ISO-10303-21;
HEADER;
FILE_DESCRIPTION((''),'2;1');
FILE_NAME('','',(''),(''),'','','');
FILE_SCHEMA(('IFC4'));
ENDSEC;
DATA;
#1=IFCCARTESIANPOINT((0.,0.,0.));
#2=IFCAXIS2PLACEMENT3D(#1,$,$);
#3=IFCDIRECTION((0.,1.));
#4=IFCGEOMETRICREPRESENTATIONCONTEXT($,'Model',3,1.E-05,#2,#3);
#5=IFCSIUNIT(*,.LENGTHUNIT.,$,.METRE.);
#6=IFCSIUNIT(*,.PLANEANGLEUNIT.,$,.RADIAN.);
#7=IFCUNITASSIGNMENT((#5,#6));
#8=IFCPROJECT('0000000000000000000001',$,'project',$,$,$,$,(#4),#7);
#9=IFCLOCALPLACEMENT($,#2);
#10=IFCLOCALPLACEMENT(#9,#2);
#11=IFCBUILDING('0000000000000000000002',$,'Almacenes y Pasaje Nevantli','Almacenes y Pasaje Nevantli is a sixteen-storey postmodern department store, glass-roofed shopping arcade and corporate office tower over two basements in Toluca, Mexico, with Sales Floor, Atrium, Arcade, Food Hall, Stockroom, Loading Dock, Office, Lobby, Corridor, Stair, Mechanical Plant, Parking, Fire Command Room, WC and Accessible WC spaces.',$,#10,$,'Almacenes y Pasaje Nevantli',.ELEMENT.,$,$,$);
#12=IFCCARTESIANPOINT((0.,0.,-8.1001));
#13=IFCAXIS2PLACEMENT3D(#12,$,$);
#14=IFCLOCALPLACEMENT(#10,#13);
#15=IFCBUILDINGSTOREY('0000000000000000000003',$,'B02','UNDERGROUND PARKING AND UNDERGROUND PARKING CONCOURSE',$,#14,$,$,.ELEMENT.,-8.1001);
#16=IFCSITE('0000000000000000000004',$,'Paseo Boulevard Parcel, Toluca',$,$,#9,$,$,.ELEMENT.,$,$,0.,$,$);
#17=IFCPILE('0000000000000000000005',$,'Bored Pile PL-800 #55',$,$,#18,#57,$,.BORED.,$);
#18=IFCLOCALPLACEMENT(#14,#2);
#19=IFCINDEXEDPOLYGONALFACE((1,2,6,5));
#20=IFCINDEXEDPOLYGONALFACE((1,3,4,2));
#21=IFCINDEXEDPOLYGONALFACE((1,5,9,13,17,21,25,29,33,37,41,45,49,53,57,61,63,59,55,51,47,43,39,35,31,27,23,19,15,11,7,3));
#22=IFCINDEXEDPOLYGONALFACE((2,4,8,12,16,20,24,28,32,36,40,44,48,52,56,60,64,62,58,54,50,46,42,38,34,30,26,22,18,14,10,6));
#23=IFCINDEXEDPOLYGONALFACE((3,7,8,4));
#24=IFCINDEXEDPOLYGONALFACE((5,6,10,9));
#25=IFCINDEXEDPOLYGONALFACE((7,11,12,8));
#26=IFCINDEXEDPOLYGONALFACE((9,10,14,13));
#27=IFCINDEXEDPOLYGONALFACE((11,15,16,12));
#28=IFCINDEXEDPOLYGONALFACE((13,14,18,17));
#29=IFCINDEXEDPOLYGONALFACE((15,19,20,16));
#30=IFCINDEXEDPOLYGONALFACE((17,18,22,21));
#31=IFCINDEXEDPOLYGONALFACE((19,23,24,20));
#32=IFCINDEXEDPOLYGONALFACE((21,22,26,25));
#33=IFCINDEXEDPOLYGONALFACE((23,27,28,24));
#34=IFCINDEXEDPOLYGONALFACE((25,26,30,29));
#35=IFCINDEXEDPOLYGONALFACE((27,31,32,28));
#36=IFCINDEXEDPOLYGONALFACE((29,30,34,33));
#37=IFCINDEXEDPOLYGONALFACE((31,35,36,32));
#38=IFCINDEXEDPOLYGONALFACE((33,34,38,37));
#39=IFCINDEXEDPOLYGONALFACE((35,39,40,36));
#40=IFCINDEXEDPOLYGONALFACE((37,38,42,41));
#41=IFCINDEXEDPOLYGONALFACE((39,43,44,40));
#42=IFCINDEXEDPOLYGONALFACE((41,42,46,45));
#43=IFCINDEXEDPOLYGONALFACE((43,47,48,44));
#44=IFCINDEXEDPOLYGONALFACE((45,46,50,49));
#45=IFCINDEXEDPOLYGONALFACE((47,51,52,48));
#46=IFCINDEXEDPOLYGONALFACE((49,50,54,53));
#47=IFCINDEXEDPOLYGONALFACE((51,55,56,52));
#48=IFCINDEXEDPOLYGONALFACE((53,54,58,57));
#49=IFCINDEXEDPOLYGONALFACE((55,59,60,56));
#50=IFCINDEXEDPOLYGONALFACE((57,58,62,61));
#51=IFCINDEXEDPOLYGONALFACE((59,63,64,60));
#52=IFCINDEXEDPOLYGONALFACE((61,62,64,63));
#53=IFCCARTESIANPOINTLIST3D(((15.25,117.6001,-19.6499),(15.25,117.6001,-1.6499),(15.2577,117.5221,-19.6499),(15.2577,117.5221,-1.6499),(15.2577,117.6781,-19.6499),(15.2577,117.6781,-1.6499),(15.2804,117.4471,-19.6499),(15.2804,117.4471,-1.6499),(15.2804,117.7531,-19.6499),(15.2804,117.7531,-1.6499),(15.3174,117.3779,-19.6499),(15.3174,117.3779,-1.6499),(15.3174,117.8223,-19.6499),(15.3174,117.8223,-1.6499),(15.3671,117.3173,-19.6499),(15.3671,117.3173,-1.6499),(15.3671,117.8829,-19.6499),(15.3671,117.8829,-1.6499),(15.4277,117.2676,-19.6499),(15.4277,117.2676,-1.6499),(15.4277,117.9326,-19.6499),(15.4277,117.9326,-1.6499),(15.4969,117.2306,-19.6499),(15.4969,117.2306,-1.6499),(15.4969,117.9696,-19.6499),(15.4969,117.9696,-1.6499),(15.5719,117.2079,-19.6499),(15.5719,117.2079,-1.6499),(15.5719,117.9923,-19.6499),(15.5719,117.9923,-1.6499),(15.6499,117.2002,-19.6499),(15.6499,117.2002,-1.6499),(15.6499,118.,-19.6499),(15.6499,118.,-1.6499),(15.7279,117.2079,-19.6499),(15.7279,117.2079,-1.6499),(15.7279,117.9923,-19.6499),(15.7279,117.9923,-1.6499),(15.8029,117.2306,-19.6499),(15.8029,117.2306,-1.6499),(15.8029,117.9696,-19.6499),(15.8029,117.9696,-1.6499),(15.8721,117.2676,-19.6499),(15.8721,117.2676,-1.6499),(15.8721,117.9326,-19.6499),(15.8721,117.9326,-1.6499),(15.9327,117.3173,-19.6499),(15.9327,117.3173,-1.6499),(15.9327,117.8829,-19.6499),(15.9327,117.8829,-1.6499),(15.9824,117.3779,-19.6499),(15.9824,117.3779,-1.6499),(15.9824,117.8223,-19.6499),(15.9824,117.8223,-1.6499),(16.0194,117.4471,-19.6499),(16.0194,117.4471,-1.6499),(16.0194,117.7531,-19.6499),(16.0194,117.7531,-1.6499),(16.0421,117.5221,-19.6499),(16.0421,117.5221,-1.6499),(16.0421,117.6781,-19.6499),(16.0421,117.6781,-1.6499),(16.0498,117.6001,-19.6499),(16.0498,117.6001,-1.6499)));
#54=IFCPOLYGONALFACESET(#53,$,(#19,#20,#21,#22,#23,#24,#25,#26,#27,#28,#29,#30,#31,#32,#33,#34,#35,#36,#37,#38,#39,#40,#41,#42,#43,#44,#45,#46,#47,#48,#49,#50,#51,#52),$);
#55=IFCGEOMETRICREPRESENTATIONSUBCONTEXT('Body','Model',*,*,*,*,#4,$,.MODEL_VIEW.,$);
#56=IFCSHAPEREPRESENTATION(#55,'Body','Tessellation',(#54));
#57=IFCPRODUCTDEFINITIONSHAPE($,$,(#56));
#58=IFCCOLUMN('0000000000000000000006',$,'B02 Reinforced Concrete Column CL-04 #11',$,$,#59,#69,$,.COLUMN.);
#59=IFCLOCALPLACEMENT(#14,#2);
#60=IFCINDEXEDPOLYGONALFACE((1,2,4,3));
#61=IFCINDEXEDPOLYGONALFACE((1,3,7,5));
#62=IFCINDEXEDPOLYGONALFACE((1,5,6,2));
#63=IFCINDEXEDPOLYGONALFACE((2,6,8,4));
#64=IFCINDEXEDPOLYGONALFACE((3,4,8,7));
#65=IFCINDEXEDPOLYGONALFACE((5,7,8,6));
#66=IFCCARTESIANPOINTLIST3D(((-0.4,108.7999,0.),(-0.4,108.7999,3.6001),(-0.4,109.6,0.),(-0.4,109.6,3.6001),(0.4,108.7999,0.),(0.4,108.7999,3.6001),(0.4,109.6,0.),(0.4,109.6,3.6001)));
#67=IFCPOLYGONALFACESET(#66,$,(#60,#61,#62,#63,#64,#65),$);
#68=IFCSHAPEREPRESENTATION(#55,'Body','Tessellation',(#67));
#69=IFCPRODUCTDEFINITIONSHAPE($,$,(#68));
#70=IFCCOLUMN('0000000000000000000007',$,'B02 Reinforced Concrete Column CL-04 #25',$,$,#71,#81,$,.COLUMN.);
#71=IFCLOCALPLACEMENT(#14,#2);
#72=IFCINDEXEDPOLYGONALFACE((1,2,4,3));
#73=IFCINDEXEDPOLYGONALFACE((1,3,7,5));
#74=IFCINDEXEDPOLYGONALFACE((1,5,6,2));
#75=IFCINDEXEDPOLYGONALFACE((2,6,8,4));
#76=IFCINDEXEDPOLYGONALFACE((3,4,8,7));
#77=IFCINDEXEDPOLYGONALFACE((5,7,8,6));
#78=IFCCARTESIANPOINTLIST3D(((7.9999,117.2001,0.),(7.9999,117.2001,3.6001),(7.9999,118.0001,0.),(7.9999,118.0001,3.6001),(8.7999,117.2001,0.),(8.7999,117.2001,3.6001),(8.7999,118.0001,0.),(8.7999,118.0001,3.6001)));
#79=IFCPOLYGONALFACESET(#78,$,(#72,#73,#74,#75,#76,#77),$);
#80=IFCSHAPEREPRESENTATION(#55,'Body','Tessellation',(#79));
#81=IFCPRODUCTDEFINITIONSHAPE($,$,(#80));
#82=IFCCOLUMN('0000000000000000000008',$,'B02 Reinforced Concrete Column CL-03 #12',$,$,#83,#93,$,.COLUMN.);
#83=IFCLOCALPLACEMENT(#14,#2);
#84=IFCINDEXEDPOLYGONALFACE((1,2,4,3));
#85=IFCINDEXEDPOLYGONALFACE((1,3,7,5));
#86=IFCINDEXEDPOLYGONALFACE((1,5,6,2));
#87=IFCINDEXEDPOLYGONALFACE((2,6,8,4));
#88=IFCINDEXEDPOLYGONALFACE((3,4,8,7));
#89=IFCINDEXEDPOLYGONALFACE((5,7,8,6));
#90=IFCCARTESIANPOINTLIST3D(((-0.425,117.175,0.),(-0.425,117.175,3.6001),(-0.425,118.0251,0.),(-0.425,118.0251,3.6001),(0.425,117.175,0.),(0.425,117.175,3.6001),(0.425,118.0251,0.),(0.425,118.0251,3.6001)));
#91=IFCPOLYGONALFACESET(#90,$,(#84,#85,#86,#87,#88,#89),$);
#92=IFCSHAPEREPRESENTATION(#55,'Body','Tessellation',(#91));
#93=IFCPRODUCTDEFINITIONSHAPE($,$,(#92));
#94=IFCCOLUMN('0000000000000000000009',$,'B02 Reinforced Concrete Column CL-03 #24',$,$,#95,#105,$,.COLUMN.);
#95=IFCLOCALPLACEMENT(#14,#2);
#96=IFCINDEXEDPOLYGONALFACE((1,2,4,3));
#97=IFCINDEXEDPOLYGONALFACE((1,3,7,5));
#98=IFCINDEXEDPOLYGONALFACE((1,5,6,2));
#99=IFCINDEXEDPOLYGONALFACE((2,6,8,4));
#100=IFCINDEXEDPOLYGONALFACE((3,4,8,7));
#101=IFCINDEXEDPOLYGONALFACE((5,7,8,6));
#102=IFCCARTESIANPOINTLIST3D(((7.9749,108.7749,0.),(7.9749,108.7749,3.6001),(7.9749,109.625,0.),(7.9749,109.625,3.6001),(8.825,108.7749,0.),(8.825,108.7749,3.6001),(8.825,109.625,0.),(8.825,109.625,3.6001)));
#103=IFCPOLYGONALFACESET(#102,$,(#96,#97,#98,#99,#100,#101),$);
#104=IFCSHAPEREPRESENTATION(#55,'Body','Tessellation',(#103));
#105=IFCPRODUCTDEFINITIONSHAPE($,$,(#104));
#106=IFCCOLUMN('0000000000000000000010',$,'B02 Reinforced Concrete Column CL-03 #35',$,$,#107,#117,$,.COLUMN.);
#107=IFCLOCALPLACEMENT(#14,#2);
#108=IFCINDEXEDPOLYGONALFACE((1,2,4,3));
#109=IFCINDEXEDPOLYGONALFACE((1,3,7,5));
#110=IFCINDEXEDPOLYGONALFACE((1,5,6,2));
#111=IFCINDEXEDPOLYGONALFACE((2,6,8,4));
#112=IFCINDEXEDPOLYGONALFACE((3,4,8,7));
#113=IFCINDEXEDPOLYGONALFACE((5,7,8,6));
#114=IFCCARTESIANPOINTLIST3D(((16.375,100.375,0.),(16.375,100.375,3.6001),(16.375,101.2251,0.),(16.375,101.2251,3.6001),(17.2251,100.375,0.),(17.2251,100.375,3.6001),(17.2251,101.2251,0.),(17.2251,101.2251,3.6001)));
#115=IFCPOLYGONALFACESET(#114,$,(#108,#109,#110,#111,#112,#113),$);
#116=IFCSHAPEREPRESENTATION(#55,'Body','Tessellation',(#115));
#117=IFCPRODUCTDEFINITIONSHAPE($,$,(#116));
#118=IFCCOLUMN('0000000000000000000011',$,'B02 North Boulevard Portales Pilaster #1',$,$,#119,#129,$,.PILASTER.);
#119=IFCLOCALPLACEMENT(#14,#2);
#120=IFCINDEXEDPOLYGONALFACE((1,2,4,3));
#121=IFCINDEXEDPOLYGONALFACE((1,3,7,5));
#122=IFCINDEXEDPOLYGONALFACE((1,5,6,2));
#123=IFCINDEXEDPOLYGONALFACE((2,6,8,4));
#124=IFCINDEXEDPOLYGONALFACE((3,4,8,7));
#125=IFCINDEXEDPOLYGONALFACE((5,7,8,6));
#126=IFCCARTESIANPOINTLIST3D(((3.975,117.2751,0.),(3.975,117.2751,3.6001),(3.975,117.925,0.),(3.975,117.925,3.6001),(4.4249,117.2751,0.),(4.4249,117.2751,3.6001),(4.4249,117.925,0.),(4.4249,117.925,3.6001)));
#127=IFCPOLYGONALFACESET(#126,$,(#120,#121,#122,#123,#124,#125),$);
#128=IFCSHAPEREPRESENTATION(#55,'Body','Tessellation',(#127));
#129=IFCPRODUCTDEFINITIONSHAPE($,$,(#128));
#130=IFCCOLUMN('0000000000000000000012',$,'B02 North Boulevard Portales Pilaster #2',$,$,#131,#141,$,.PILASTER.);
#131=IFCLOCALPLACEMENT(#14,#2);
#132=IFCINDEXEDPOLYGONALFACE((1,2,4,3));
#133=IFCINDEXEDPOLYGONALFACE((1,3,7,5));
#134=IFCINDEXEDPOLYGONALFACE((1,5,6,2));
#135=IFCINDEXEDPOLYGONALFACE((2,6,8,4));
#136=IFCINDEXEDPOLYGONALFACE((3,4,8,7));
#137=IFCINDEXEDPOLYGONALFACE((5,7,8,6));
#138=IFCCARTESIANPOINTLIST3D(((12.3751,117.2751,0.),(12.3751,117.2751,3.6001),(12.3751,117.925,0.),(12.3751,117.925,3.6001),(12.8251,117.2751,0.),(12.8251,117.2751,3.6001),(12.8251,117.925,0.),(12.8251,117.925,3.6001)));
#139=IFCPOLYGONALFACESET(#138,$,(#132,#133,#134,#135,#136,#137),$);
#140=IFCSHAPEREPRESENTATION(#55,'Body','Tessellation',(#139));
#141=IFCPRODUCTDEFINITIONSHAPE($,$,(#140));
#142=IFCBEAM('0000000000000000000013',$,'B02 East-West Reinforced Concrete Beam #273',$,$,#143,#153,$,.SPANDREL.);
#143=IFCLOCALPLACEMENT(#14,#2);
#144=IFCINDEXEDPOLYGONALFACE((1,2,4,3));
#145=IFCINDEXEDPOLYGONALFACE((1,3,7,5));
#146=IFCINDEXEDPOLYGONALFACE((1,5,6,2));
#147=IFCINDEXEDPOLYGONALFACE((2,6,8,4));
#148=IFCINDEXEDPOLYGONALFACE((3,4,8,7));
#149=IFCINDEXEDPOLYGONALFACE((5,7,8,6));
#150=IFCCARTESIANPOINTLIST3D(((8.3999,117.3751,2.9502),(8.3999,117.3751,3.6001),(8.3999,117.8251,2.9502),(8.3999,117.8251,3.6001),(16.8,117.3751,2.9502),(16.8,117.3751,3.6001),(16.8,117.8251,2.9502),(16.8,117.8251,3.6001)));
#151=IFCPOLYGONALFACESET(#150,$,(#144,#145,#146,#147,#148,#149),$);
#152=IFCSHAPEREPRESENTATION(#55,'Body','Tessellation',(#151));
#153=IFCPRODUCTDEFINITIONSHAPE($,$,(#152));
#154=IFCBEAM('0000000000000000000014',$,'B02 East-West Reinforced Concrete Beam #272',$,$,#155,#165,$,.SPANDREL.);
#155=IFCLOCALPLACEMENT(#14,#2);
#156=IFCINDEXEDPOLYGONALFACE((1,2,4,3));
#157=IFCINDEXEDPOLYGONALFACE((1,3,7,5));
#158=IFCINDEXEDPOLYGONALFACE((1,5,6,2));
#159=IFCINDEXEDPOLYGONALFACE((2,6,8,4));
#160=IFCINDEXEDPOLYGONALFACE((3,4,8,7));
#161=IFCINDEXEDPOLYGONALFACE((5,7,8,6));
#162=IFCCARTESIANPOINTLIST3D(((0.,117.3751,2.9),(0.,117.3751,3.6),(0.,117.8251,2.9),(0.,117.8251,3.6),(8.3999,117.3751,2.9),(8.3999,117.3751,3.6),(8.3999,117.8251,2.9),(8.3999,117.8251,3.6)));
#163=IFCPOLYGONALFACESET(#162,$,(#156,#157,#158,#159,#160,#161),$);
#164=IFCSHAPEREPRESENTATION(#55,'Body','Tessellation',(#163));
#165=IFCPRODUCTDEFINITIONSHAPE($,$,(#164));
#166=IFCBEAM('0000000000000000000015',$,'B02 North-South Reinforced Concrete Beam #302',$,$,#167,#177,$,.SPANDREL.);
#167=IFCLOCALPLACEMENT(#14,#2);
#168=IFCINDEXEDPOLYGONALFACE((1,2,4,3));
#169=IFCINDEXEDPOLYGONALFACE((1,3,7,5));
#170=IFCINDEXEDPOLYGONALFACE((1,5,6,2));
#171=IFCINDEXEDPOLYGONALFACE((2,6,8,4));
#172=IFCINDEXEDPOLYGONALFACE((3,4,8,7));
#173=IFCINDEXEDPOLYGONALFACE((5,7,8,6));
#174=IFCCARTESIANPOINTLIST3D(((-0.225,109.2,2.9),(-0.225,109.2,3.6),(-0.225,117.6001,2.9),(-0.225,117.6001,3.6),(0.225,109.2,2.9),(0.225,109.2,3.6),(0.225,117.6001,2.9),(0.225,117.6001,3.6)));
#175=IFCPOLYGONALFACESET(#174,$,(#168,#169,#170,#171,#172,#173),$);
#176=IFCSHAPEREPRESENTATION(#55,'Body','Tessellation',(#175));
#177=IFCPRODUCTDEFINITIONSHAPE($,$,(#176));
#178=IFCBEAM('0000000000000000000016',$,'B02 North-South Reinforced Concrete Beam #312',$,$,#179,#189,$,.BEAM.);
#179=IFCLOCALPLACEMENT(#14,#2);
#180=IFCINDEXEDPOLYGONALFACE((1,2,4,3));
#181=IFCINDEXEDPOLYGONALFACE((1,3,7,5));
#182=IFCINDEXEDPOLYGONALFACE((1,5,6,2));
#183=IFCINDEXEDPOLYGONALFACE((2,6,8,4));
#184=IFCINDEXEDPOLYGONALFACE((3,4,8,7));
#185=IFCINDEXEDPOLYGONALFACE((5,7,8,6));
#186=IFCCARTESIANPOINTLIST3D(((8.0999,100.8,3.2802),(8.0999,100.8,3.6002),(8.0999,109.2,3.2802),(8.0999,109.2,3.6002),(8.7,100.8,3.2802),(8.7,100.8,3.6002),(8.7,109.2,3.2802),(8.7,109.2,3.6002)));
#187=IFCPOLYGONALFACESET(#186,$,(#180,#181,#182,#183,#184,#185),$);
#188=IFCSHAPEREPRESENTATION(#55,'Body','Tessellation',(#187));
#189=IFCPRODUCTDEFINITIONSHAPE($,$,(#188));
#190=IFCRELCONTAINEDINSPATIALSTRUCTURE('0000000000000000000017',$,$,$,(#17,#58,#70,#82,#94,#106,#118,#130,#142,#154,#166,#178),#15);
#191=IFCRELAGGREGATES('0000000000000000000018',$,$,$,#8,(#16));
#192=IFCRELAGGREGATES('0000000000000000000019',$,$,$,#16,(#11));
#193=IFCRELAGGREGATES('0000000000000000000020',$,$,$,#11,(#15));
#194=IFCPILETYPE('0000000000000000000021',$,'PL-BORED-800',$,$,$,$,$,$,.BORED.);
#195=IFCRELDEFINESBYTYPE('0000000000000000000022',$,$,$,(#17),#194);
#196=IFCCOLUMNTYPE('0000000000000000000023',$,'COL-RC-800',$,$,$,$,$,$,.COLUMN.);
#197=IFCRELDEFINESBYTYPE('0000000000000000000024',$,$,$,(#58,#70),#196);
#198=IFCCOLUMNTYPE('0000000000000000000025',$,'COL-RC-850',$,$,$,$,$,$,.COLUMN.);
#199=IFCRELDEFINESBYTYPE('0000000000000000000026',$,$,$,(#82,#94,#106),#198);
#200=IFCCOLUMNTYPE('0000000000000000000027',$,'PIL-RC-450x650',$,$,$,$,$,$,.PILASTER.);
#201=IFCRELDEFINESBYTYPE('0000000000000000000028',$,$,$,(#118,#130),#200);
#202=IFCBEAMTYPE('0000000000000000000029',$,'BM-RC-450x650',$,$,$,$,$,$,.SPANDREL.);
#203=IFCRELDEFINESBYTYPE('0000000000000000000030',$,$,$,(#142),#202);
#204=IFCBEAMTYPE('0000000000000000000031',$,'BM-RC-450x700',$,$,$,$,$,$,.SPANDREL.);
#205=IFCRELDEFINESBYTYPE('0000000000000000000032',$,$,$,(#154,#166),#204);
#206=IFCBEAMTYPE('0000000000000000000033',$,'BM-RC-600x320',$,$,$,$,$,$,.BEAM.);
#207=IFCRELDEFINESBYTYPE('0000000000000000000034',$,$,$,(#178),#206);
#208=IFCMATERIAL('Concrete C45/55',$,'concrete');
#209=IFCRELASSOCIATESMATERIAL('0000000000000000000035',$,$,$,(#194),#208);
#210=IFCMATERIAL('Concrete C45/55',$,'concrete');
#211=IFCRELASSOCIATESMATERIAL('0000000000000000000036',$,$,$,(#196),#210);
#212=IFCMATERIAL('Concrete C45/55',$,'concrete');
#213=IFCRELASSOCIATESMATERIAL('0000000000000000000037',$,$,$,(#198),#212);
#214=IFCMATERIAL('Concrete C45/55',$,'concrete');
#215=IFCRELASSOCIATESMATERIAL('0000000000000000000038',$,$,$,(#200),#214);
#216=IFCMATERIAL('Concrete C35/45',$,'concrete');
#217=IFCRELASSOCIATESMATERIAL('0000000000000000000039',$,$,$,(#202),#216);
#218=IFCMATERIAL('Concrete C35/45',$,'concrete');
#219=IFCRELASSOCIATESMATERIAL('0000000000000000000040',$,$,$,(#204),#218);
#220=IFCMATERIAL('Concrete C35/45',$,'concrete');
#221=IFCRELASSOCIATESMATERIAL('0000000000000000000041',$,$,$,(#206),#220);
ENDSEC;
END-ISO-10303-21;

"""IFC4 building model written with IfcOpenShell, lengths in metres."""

from ifc_helpers import new_model, si_unit, direction, frame, origin, origin_2d, place, context, subcontext, project, spatial, rectangle, circle, extrude, material, material_profile, profile_set, type_object, element, save


model = new_model("IFC4")

# Units and contexts
model_context = context("Model", 3, precision=1e-05, world=origin(), true_north=direction((0.0, 1.0)))
body_context = subcontext(model_context, "Body", "Model", "MODEL_VIEW")
ifc_project = project(units=[si_unit("LENGTHUNIT", "METRE"), si_unit("PLANEANGLEUNIT", "RADIAN")], contexts=[model_context])

# Site, building, storey
site_placement = place(None, origin())
site = spatial("IfcSite", under=ifc_project, at=site_placement, Name="Paseo Boulevard Parcel, Toluca", CompositionType="ELEMENT", RefElevation=0.0)
building_placement = place(site_placement, origin())
building = spatial("IfcBuilding", under=site, at=building_placement, Name="Almacenes y Pasaje Nevantli", Description="Almacenes y Pasaje Nevantli is a sixteen-storey postmodern department store, glass-roofed shopping arcade and corporate office tower over two basements in Toluca, Mexico, with Sales Floor, Atrium, Arcade, Food Hall, Stockroom, Loading Dock, Office, Lobby, Corridor, Stair, Mechanical Plant, Parking, Fire Command Room, WC and Accessible WC spaces.", LongName="Almacenes y Pasaje Nevantli", CompositionType="ELEMENT")
storey_placement = place(building_placement, frame((0.0, 0.0, -8.1001)))
storey = spatial("IfcBuildingStorey", under=building, at=storey_placement, Name="B02", Description="UNDERGROUND PARKING AND UNDERGROUND PARKING CONCOURSE", CompositionType="ELEMENT", Elevation=-8.1001)

# Pile
ifc_material_1 = material(Name="Concrete C45/55", Category="concrete")
ifc_material_profile_1 = material_profile(ifc_material_1, circle(Radius=0.3999, at=origin_2d()), Name="RC-PILE-D800")
ifc_profile_set_1 = profile_set([ifc_material_profile_1], Name="Concrete C45/55")
pile_type_1 = type_object("IfcPileType", Name="PL-BORED-800", PredefinedType="BORED", material=ifc_profile_set_1)
for number, where, z_axis, x_axis, name in (
    (1, (15.6499, 117.6001, -1.6499), (0.0, 0.0, -1.0), (1.0, 0.0, 0.0), "Bored Pile PL-800 #55"),
):
    element("IfcPile", number, at=place(storey_placement, frame(where, z_axis=z_axis, x_axis=x_axis)), inside=storey, type_object=pile_type_1, Name=name, PredefinedType="BORED", context=body_context, shape_type="SweptSolid", body=[
        extrude(circle(Radius=0.3999, at=origin_2d()), origin(), (0.0, 0.0, 1.0), 18.0),
    ])

# Columns
ifc_material_2 = material(Name="Concrete C45/55", Category="concrete")
ifc_material_profile_2 = material_profile(ifc_material_2, rectangle(XDim=0.8, YDim=0.8, at=origin_2d()), Name="RC-COL-800x800")
ifc_profile_set_2 = profile_set([ifc_material_profile_2], Name="Concrete C45/55")
column_type_1 = type_object("IfcColumnType", Name="COL-RC-800", PredefinedType="COLUMN", material=ifc_profile_set_2)
for number, where, z_axis, x_axis, name in (
    (2, (0.0, 109.2, 0.0), (0.0, 0.0, 1.0), (1.0, 0.0, 0.0), "B02 Reinforced Concrete Column CL-04 #11"),
    (3, (8.3999, 117.6001, 0.0), (0.0, 0.0, 1.0), (1.0, 0.0, 0.0), "B02 Reinforced Concrete Column CL-04 #25"),
):
    element("IfcColumn", number, at=place(storey_placement, frame(where, z_axis=z_axis, x_axis=x_axis)), inside=storey, type_object=column_type_1, Name=name, PredefinedType="COLUMN", context=body_context, shape_type="SweptSolid", body=[
        extrude(rectangle(XDim=0.8, YDim=0.8, at=origin_2d()), origin(), (0.0, 0.0, 1.0), 3.6001),
    ])
ifc_material_3 = material(Name="Concrete C45/55", Category="concrete")
ifc_material_profile_3 = material_profile(ifc_material_3, rectangle(XDim=0.8501, YDim=0.8501, at=origin_2d()), Name="RC-COL-850x850")
ifc_profile_set_3 = profile_set([ifc_material_profile_3], Name="Concrete C45/55")
column_type_2 = type_object("IfcColumnType", Name="COL-RC-850", PredefinedType="COLUMN", material=ifc_profile_set_3)
for number, where, z_axis, x_axis, name in (
    (4, (0.0, 117.6001, 0.0), (0.0, 0.0, 1.0), (1.0, 0.0, 0.0), "B02 Reinforced Concrete Column CL-03 #12"),
    (5, (8.3999, 109.2, 0.0), (0.0, 0.0, 1.0), (1.0, 0.0, 0.0), "B02 Reinforced Concrete Column CL-03 #24"),
    (6, (16.8, 100.8, 0.0), (0.0, 0.0, 1.0), (1.0, 0.0, 0.0), "B02 Reinforced Concrete Column CL-03 #35"),
):
    element("IfcColumn", number, at=place(storey_placement, frame(where, z_axis=z_axis, x_axis=x_axis)), inside=storey, type_object=column_type_2, Name=name, PredefinedType="COLUMN", context=body_context, shape_type="SweptSolid", body=[
        extrude(rectangle(XDim=0.8501, YDim=0.8501, at=origin_2d()), origin(), (0.0, 0.0, 1.0), 3.6001),
    ])
ifc_material_4 = material(Name="Concrete C45/55", Category="concrete")
ifc_material_profile_4 = material_profile(ifc_material_4, rectangle(XDim=0.45, YDim=0.6499, at=origin_2d()), Name="RC-PIL-450x650")
ifc_profile_set_4 = profile_set([ifc_material_profile_4], Name="Concrete C45/55")
column_type_3 = type_object("IfcColumnType", Name="PIL-RC-450x650", PredefinedType="PILASTER", material=ifc_profile_set_4)
for number, where, z_axis, x_axis, name in (
    (7, (4.2, 117.6001, 0.0), (0.0, 0.0, 1.0), (1.0, 0.0, 0.0), "B02 North Boulevard Portales Pilaster #1"),
    (8, (12.6001, 117.6001, 0.0), (0.0, 0.0, 1.0), (1.0, 0.0, 0.0), "B02 North Boulevard Portales Pilaster #2"),
):
    element("IfcColumn", number, at=place(storey_placement, frame(where, z_axis=z_axis, x_axis=x_axis)), inside=storey, type_object=column_type_3, Name=name, PredefinedType="PILASTER", context=body_context, shape_type="SweptSolid", body=[
        extrude(rectangle(XDim=0.45, YDim=0.6499, at=origin_2d()), origin(), (0.0, 0.0, 1.0), 3.6001),
    ])

# Beams
ifc_material_5 = material(Name="Concrete C35/45", Category="concrete")
ifc_material_profile_5 = material_profile(ifc_material_5, rectangle(XDim=0.45, YDim=0.6499, at=origin_2d()), Name="RC-BM-450x650")
ifc_profile_set_5 = profile_set([ifc_material_profile_5], Name="Concrete C35/45")
beam_type_1 = type_object("IfcBeamType", Name="BM-RC-450x650", PredefinedType="SPANDREL", material=ifc_profile_set_5)
beam_1_placement = place(storey_placement, frame((8.3999, 117.6001, 3.2751), z_axis=(1.0, 0.0, 0.0), x_axis=(0.0, 1.0, 0.0)))
element("IfcBeam", 9, at=beam_1_placement, inside=storey, type_object=beam_type_1, Name="B02 East-West Reinforced Concrete Beam #273", PredefinedType="SPANDREL", context=body_context, shape_type="SweptSolid", body=[
    extrude(rectangle(XDim=0.45, YDim=0.6499, at=origin_2d()), origin(), (0.0, 0.0, 1.0), 8.4001),
])
ifc_material_6 = material(Name="Concrete C35/45", Category="concrete")
ifc_material_profile_6 = material_profile(ifc_material_6, rectangle(XDim=0.45, YDim=0.7, at=origin_2d()), Name="RC-BM-450x700")
ifc_profile_set_6 = profile_set([ifc_material_profile_6], Name="Concrete C35/45")
beam_type_2 = type_object("IfcBeamType", Name="BM-RC-450x700", PredefinedType="SPANDREL", material=ifc_profile_set_6)
beam_2_placement = place(storey_placement, frame((0.0, 117.6001, 3.25), z_axis=(1.0, 0.0, 0.0), x_axis=(0.0, 1.0, 0.0)))
element("IfcBeam", 10, at=beam_2_placement, inside=storey, type_object=beam_type_2, Name="B02 East-West Reinforced Concrete Beam #272", PredefinedType="SPANDREL", context=body_context, shape_type="SweptSolid", body=[
    extrude(rectangle(XDim=0.45, YDim=0.7, at=origin_2d()), origin(), (0.0, 0.0, 1.0), 8.3999),
])
beam_3_placement = place(storey_placement, frame((0.0, 109.2, 3.25), z_axis=(0.0, 1.0, 0.0), x_axis=(-1.0, 0.0, 0.0)))
element("IfcBeam", 11, at=beam_3_placement, inside=storey, type_object=beam_type_2, Name="B02 North-South Reinforced Concrete Beam #302", PredefinedType="SPANDREL", context=body_context, shape_type="SweptSolid", body=[
    extrude(rectangle(XDim=0.45, YDim=0.7, at=origin_2d()), origin(), (0.0, 0.0, 1.0), 8.4001),
])
ifc_material_7 = material(Name="Concrete C35/45", Category="concrete")
ifc_material_profile_7 = material_profile(ifc_material_7, rectangle(XDim=0.6001, YDim=0.3201, at=origin_2d()), Name="RC-BM-600x320")
ifc_profile_set_7 = profile_set([ifc_material_profile_7], Name="Concrete C35/45")
beam_type_3 = type_object("IfcBeamType", Name="BM-RC-600x320", PredefinedType="BEAM", material=ifc_profile_set_7)
beam_4_placement = place(storey_placement, frame((8.3999, 100.8, 3.4402), z_axis=(0.0, 1.0, 0.0), x_axis=(-1.0, 0.0, 0.0)))
element("IfcBeam", 12, at=beam_4_placement, inside=storey, type_object=beam_type_3, Name="B02 North-South Reinforced Concrete Beam #312", PredefinedType="BEAM", context=body_context, shape_type="SweptSolid", body=[
    extrude(rectangle(XDim=0.6001, YDim=0.3201, at=origin_2d()), origin(), (0.0, 0.0, 1.0), 8.3999),
])

save(model, "model.ifc")
